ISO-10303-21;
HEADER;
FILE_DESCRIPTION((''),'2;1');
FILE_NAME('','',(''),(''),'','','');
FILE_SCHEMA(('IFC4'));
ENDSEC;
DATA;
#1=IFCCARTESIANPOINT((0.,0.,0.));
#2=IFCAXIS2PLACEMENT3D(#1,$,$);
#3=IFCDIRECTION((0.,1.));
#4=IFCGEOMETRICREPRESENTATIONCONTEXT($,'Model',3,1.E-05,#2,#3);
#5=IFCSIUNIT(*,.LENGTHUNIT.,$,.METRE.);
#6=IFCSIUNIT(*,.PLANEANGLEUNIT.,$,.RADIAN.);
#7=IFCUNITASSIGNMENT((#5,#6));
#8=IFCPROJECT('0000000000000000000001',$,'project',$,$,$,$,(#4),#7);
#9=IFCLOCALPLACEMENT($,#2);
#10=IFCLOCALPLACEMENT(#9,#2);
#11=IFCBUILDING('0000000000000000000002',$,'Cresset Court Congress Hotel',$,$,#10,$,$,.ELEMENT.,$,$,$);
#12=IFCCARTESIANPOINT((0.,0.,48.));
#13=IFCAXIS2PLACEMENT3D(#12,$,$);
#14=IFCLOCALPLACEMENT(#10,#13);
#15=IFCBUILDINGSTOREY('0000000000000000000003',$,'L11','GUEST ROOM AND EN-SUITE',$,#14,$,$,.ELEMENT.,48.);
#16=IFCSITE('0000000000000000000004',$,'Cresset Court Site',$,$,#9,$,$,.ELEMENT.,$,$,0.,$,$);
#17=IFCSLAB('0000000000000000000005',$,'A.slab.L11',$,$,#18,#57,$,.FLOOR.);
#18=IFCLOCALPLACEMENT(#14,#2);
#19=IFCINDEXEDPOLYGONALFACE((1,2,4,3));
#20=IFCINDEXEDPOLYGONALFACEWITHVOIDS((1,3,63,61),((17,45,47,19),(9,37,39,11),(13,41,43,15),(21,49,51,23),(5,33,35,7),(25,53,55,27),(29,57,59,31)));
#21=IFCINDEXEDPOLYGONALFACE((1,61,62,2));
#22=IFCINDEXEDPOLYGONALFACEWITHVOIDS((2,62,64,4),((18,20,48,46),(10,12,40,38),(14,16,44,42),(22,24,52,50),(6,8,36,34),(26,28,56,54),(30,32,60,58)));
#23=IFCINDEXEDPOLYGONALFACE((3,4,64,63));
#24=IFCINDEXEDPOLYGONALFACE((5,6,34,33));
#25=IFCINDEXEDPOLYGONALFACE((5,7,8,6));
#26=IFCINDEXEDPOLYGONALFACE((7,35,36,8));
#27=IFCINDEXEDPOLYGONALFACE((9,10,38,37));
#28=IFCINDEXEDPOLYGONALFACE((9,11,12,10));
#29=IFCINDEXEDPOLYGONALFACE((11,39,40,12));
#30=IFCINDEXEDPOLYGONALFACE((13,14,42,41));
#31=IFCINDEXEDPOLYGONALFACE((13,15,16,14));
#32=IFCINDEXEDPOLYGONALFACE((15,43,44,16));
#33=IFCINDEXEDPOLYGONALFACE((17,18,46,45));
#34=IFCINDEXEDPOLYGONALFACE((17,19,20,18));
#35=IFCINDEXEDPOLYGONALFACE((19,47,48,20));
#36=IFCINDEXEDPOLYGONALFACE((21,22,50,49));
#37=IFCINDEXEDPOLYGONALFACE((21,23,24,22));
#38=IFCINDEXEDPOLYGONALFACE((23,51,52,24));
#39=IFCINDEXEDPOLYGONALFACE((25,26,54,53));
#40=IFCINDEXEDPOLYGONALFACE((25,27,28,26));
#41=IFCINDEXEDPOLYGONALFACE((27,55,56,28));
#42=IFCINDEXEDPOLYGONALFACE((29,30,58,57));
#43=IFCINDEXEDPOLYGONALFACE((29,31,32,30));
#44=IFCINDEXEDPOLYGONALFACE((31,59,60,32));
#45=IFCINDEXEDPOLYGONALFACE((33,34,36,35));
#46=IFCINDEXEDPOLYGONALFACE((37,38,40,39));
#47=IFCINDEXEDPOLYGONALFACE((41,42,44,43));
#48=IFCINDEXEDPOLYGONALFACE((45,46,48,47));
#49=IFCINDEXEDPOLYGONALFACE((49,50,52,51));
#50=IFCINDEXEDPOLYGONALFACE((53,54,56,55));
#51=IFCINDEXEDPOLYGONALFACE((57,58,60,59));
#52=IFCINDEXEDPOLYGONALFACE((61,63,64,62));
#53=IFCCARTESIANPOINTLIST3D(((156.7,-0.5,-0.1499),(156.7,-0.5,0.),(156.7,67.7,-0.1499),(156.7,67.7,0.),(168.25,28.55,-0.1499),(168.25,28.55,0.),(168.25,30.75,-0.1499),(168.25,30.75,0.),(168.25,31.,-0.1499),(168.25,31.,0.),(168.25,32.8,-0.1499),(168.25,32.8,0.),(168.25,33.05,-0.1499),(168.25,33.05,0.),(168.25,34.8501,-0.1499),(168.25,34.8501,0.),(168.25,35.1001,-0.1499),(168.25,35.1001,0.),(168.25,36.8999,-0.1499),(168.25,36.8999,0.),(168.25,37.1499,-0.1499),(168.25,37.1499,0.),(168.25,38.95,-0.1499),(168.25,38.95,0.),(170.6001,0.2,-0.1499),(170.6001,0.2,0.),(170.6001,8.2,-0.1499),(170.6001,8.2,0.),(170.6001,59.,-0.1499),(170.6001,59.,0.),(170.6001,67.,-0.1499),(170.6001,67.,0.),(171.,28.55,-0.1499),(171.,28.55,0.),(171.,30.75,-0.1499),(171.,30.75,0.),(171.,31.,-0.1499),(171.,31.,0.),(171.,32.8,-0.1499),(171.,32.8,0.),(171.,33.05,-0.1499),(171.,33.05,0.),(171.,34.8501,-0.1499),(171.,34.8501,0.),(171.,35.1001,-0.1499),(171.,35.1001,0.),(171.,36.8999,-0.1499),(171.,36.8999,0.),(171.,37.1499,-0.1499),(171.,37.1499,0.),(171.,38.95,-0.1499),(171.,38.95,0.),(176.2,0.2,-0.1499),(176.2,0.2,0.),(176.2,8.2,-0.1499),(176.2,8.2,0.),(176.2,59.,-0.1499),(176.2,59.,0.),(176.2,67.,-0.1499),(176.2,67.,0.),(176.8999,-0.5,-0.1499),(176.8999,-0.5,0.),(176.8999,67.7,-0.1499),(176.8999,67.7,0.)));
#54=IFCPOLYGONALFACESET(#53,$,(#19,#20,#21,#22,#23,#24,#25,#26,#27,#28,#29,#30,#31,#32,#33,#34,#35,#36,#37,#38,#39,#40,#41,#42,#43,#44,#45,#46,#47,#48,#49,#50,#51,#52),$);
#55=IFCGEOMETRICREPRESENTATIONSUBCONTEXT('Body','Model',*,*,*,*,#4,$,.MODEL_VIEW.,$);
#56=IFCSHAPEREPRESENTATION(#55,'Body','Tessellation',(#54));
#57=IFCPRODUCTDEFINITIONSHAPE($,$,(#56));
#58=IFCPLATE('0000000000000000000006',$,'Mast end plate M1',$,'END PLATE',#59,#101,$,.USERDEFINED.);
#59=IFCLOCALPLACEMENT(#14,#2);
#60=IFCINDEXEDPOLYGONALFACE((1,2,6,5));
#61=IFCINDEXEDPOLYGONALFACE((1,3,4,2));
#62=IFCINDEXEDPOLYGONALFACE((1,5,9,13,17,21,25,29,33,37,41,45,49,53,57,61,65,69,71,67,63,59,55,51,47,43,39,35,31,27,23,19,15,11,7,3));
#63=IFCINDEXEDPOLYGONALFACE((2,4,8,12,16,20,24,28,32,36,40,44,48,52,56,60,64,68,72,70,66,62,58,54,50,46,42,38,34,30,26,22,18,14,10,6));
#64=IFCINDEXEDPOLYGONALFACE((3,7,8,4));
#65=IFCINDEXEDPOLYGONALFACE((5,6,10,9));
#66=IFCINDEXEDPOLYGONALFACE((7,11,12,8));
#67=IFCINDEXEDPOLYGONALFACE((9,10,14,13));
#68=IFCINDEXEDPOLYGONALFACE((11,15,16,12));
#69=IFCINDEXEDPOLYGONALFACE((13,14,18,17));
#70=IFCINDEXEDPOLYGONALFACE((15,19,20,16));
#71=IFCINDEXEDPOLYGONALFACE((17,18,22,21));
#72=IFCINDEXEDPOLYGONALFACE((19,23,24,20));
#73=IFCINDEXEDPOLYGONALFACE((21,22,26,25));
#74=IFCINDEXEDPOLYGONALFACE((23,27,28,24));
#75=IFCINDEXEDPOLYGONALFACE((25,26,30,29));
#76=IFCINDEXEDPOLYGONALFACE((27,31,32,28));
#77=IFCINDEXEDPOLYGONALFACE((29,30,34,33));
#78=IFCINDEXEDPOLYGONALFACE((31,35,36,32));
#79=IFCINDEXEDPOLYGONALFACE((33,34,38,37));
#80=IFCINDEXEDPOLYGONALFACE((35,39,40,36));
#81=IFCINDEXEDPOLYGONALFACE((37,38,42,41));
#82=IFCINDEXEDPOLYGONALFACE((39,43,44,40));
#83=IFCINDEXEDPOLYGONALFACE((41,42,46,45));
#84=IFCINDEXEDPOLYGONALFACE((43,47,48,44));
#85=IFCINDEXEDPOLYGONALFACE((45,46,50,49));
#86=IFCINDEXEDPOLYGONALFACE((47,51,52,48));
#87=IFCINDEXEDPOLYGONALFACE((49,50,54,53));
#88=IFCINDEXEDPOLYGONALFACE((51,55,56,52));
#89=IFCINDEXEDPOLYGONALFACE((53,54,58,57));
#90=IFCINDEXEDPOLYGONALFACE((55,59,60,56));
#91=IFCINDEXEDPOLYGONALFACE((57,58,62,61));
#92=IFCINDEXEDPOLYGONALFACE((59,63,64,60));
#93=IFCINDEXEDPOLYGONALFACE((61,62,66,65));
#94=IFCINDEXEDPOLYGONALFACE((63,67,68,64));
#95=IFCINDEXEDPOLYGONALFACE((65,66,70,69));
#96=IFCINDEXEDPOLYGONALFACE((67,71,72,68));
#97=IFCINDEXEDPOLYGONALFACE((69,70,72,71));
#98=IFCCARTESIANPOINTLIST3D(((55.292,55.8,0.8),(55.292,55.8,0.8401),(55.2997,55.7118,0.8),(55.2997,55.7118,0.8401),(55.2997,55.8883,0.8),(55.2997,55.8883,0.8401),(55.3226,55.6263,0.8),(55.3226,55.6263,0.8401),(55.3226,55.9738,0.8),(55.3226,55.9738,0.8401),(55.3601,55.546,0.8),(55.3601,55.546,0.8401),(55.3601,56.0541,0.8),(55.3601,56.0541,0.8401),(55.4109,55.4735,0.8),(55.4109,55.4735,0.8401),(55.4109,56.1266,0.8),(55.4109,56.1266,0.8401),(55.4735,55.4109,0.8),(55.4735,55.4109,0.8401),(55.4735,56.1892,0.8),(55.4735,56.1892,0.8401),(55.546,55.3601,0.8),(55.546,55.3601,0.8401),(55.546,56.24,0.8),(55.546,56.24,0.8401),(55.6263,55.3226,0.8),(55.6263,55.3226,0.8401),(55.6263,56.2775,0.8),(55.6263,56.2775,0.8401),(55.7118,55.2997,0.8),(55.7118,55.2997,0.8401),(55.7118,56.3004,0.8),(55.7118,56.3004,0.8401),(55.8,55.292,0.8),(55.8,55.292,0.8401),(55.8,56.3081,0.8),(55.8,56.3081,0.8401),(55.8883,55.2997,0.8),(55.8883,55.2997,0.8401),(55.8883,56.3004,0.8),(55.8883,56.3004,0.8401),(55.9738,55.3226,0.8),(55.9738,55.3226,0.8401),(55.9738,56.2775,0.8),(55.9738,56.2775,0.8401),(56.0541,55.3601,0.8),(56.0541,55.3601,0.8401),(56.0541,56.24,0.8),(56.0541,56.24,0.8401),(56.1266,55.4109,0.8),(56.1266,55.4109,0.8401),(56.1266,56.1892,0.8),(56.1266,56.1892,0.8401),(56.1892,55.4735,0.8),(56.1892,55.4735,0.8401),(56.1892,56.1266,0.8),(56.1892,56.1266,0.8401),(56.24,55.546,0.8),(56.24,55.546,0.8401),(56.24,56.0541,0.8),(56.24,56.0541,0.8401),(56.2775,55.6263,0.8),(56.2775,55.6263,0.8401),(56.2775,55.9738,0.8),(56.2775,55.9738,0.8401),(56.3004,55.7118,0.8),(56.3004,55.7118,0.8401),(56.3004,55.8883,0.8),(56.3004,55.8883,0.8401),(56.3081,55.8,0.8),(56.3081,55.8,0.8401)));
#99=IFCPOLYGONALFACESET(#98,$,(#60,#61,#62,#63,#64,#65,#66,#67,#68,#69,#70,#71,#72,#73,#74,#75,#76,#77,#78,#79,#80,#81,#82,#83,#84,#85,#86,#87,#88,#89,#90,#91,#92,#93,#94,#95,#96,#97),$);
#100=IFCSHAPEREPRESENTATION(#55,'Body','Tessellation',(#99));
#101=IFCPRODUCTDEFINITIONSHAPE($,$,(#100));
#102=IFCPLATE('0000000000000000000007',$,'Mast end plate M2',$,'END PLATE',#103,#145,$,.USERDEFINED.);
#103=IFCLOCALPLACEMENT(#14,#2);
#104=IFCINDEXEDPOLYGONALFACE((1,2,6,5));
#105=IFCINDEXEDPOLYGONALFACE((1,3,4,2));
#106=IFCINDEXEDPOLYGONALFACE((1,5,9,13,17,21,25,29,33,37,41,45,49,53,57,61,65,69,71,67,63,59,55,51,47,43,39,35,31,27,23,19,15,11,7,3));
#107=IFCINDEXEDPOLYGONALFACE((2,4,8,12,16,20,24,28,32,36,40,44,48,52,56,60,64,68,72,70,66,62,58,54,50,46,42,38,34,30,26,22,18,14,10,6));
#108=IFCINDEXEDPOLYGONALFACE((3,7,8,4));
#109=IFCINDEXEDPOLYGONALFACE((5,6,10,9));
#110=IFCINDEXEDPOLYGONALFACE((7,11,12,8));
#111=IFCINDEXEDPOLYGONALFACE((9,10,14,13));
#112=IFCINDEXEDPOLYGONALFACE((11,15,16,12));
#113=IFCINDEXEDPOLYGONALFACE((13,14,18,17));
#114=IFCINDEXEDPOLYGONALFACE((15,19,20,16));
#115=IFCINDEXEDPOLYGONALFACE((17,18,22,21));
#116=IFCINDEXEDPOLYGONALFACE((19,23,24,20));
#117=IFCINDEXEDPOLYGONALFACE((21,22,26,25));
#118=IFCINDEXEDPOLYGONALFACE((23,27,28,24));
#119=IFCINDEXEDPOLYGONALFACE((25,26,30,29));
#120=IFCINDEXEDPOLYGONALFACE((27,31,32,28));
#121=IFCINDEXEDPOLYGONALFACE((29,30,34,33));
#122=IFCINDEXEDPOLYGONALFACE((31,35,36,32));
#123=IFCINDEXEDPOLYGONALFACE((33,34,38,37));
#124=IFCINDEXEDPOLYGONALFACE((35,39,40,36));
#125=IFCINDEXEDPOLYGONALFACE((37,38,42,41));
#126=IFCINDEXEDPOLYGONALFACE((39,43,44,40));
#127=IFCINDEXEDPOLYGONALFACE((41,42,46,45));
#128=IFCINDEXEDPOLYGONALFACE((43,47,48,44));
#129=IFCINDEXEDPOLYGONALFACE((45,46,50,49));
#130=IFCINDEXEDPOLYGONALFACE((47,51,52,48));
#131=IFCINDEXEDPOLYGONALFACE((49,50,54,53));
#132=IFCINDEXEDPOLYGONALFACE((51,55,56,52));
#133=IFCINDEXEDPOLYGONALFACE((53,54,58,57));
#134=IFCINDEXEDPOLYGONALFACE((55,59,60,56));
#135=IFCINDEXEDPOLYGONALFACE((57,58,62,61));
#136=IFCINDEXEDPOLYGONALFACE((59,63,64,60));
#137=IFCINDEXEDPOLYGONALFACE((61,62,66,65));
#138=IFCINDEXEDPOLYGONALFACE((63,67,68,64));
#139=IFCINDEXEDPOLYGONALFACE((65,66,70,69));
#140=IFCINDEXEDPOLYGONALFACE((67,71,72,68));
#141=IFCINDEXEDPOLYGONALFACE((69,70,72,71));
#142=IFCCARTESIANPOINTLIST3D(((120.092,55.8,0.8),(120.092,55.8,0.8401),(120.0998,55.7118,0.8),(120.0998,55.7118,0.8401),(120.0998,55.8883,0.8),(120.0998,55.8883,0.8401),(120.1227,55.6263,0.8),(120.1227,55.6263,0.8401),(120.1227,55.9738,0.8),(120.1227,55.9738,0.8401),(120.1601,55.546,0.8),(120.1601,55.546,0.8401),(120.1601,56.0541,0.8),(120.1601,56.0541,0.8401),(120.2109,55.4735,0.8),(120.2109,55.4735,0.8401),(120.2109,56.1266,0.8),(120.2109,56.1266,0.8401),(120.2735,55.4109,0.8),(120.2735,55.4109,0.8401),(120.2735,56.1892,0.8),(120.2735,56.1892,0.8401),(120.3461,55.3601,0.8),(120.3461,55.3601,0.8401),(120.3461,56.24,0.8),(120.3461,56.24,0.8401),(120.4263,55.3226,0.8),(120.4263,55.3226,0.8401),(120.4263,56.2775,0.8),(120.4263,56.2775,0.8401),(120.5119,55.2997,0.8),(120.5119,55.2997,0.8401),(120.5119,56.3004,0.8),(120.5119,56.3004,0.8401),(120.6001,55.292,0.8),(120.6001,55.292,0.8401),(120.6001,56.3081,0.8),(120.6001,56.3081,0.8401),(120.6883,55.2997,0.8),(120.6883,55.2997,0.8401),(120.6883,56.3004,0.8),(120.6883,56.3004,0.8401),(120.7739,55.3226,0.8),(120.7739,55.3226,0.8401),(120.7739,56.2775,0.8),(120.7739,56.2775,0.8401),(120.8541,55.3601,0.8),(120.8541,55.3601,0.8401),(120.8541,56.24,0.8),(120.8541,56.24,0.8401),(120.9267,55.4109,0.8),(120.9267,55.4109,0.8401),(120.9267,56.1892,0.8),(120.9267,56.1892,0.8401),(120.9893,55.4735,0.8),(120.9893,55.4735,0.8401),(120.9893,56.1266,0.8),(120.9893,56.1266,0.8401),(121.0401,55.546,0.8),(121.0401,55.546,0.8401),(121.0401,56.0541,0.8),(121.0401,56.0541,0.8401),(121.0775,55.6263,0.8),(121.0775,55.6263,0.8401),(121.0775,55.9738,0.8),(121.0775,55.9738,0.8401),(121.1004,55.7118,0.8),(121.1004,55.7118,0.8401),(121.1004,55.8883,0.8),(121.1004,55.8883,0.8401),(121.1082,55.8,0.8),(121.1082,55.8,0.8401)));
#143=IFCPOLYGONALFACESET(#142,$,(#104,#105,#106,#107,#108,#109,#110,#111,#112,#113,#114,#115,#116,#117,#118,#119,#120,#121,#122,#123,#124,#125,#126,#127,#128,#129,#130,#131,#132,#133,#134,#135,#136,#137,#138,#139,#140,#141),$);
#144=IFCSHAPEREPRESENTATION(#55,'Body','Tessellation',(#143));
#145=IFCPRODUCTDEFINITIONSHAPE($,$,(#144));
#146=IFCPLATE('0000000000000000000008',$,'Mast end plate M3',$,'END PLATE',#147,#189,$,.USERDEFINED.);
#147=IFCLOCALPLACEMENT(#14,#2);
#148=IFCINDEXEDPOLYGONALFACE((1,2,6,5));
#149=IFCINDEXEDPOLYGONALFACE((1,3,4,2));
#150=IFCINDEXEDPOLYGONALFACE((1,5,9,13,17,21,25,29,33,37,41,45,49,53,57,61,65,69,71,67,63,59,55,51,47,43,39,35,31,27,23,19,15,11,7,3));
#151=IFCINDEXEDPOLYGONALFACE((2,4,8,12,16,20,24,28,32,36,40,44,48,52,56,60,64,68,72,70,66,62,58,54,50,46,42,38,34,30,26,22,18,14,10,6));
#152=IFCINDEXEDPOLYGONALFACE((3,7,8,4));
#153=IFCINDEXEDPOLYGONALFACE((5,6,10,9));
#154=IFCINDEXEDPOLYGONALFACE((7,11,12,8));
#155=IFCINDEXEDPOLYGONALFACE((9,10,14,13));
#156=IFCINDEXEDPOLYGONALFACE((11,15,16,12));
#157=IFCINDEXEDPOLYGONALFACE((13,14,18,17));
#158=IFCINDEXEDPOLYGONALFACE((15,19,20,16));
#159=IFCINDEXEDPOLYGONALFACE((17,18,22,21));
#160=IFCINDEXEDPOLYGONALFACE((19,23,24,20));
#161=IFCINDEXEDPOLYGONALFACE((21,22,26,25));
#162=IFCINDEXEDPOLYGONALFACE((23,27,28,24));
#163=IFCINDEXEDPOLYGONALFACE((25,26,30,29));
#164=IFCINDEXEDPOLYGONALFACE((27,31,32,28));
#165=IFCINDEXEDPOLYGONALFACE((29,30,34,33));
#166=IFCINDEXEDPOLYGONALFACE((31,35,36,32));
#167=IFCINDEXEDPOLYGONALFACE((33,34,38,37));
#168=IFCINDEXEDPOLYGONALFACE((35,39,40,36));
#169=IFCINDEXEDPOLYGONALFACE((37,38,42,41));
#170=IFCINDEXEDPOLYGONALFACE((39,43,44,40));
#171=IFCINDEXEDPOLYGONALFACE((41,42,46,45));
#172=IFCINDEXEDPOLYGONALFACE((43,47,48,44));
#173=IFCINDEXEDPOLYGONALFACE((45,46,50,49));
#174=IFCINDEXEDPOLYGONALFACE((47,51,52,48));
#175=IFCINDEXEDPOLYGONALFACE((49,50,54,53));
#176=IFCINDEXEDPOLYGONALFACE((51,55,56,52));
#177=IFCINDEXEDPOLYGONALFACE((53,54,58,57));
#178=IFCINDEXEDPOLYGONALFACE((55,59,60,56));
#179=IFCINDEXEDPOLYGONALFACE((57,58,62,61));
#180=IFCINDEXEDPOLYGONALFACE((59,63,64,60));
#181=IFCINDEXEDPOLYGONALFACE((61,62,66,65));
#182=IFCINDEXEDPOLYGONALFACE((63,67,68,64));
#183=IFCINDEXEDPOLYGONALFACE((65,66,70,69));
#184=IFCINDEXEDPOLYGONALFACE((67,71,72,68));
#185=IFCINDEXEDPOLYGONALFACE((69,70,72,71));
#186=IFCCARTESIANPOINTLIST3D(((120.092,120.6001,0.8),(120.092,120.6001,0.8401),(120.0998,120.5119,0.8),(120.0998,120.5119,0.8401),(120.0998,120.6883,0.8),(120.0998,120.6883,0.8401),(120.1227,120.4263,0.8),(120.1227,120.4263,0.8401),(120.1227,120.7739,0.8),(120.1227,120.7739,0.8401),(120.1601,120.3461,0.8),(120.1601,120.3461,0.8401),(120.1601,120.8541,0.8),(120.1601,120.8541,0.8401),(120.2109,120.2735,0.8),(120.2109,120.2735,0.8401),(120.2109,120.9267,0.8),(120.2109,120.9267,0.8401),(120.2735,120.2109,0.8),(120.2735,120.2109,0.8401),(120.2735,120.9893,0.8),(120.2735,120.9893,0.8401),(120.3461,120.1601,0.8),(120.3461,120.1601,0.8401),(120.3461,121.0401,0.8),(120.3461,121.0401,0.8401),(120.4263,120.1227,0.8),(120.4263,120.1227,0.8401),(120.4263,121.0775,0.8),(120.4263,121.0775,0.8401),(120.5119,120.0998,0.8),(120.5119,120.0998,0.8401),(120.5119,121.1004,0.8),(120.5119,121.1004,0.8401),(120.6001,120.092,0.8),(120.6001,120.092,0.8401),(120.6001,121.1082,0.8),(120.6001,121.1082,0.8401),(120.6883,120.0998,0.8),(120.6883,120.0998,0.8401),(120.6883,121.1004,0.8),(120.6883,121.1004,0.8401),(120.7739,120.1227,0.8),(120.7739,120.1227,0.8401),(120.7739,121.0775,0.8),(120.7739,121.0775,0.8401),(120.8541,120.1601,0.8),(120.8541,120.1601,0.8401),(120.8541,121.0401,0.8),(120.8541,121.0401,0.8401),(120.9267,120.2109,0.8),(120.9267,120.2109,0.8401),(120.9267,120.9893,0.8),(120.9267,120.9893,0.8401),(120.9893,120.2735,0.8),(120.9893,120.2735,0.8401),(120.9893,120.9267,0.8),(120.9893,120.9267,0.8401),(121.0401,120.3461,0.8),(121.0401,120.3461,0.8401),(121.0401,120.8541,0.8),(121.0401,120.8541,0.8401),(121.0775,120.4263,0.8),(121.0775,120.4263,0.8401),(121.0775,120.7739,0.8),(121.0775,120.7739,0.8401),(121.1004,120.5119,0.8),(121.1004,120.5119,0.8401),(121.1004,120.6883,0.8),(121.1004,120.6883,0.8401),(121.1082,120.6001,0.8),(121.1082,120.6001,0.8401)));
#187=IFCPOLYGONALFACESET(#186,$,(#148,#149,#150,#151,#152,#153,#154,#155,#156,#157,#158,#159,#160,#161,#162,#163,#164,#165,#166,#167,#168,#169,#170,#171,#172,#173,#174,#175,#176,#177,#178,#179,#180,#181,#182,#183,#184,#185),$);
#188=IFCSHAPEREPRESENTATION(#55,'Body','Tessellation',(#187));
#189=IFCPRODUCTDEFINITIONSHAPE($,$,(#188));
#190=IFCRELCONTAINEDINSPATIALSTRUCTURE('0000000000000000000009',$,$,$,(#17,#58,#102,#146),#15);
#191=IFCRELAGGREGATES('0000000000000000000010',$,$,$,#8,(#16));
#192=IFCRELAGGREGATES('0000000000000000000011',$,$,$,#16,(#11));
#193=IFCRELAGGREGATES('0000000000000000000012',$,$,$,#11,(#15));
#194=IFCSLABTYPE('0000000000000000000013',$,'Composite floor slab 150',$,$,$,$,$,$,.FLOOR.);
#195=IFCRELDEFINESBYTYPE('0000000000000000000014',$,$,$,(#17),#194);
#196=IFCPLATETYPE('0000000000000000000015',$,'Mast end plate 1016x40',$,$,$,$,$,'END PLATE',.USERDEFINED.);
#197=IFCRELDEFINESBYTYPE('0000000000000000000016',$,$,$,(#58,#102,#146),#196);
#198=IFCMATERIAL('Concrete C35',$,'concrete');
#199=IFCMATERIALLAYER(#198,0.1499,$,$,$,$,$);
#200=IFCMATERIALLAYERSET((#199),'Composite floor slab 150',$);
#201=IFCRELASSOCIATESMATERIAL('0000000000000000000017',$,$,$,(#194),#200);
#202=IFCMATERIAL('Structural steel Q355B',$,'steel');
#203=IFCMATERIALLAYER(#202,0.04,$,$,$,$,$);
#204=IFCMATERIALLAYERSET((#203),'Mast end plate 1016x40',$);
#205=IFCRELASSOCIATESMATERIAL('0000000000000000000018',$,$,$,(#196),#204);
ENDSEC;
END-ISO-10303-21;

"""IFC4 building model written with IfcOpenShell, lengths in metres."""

from ifc_helpers import new_model, si_unit, direction, frame, origin, origin_2d, place, context, subcontext, project, spatial, polyline, circle, outline, extrude, material, layer, layer_set, type_object, element, save


model = new_model("IFC4")

# Units and contexts
model_context = context("Model", 3, precision=1e-05, world=origin(), true_north=direction((0.0, 1.0)))
body_context = subcontext(model_context, "Body", "Model", "MODEL_VIEW")
ifc_project = project(units=[si_unit("LENGTHUNIT", "METRE"), si_unit("PLANEANGLEUNIT", "RADIAN")], contexts=[model_context])

# Site, building, storey
site_placement = place(None, origin())
site = spatial("IfcSite", under=ifc_project, at=site_placement, Name="Cresset Court Site", CompositionType="ELEMENT", RefElevation=0.0)
building_placement = place(site_placement, origin())
building = spatial("IfcBuilding", under=site, at=building_placement, Name="Cresset Court Congress Hotel", CompositionType="ELEMENT")
storey_placement = place(building_placement, frame((0.0, 0.0, 48.0)))
storey = spatial("IfcBuildingStorey", under=building, at=storey_placement, Name="L11", Description="GUEST ROOM AND EN-SUITE", CompositionType="ELEMENT", Elevation=48.0)

# Slab
ifc_material_1 = material(Name="Concrete C35", Category="concrete")
ifc_layer_1 = layer(ifc_material_1, 0.1499)
ifc_layer_set_1 = layer_set([ifc_layer_1], Name="Composite floor slab 150")
slab_type_1 = type_object("IfcSlabType", Name="Composite floor slab 150", PredefinedType="FLOOR", material=ifc_layer_set_1)
slab_1_placement = place(storey_placement, frame((0.0, 0.0, -0.1499)))
element("IfcSlab", 1, at=slab_1_placement, inside=storey, type_object=slab_type_1, Name="A.slab.L11", PredefinedType="FLOOR", context=body_context, shape_type="SweptSolid", body=[
    extrude(outline(polyline([(156.7, -0.5), (176.8999, -0.5), (176.8999, 67.7), (156.7, 67.7), (156.7, -0.5)]), holes=[polyline([(170.6001, 0.2), (176.2, 0.2), (176.2, 8.2), (170.6001, 8.2), (170.6001, 0.2)]), polyline([(170.6001, 59.0), (176.2, 59.0), (176.2, 67.0), (170.6001, 67.0), (170.6001, 59.0)]), polyline([(168.25, 28.55), (171.0, 28.55), (171.0, 30.75), (168.25, 30.75), (168.25, 28.55)]), polyline([(168.25, 31.0), (171.0, 31.0), (171.0, 32.8), (168.25, 32.8), (168.25, 31.0)]), polyline([(168.25, 33.05), (171.0, 33.05), (171.0, 34.8501), (168.25, 34.8501), (168.25, 33.05)]), polyline([(168.25, 35.1001), (171.0, 35.1001), (171.0, 36.8999), (168.25, 36.8999), (168.25, 35.1001)]), polyline([(168.25, 37.1499), (171.0, 37.1499), (171.0, 38.95), (168.25, 38.95), (168.25, 37.1499)])]), origin(), (0.0, 0.0, 1.0), 0.1499),
])

# Plates
ifc_material_2 = material(Name="Structural steel Q355B", Category="steel")
ifc_layer_2 = layer(ifc_material_2, 0.04)
ifc_layer_set_2 = layer_set([ifc_layer_2], Name="Mast end plate 1016x40")
plate_type = type_object("IfcPlateType", Name="Mast end plate 1016x40", ElementType="END PLATE", PredefinedType="USERDEFINED", material=ifc_layer_set_2)
for number, where, z_axis, x_axis, name in (
    (2, (55.8, 55.8, 0.8), (0.0, 0.0, 1.0), (1.0, 0.0, 0.0), "Mast end plate M1"),
    (3, (120.6001, 55.8, 0.8), (0.0, 0.0, 1.0), (1.0, 0.0, 0.0), "Mast end plate M2"),
    (4, (120.6001, 120.6001, 0.8), (0.0, 0.0, 1.0), (1.0, 0.0, 0.0), "Mast end plate M3"),
):
    element("IfcPlate", number, at=place(storey_placement, frame(where, z_axis=z_axis, x_axis=x_axis)), inside=storey, type_object=plate_type, Name=name, ObjectType="END PLATE", PredefinedType="USERDEFINED", context=body_context, shape_type="SweptSolid", body=[
        extrude(circle(Radius=0.5081, at=origin_2d()), origin(), (0.0, 0.0, 1.0), 0.04),
    ])

save(model, "model.ifc")
